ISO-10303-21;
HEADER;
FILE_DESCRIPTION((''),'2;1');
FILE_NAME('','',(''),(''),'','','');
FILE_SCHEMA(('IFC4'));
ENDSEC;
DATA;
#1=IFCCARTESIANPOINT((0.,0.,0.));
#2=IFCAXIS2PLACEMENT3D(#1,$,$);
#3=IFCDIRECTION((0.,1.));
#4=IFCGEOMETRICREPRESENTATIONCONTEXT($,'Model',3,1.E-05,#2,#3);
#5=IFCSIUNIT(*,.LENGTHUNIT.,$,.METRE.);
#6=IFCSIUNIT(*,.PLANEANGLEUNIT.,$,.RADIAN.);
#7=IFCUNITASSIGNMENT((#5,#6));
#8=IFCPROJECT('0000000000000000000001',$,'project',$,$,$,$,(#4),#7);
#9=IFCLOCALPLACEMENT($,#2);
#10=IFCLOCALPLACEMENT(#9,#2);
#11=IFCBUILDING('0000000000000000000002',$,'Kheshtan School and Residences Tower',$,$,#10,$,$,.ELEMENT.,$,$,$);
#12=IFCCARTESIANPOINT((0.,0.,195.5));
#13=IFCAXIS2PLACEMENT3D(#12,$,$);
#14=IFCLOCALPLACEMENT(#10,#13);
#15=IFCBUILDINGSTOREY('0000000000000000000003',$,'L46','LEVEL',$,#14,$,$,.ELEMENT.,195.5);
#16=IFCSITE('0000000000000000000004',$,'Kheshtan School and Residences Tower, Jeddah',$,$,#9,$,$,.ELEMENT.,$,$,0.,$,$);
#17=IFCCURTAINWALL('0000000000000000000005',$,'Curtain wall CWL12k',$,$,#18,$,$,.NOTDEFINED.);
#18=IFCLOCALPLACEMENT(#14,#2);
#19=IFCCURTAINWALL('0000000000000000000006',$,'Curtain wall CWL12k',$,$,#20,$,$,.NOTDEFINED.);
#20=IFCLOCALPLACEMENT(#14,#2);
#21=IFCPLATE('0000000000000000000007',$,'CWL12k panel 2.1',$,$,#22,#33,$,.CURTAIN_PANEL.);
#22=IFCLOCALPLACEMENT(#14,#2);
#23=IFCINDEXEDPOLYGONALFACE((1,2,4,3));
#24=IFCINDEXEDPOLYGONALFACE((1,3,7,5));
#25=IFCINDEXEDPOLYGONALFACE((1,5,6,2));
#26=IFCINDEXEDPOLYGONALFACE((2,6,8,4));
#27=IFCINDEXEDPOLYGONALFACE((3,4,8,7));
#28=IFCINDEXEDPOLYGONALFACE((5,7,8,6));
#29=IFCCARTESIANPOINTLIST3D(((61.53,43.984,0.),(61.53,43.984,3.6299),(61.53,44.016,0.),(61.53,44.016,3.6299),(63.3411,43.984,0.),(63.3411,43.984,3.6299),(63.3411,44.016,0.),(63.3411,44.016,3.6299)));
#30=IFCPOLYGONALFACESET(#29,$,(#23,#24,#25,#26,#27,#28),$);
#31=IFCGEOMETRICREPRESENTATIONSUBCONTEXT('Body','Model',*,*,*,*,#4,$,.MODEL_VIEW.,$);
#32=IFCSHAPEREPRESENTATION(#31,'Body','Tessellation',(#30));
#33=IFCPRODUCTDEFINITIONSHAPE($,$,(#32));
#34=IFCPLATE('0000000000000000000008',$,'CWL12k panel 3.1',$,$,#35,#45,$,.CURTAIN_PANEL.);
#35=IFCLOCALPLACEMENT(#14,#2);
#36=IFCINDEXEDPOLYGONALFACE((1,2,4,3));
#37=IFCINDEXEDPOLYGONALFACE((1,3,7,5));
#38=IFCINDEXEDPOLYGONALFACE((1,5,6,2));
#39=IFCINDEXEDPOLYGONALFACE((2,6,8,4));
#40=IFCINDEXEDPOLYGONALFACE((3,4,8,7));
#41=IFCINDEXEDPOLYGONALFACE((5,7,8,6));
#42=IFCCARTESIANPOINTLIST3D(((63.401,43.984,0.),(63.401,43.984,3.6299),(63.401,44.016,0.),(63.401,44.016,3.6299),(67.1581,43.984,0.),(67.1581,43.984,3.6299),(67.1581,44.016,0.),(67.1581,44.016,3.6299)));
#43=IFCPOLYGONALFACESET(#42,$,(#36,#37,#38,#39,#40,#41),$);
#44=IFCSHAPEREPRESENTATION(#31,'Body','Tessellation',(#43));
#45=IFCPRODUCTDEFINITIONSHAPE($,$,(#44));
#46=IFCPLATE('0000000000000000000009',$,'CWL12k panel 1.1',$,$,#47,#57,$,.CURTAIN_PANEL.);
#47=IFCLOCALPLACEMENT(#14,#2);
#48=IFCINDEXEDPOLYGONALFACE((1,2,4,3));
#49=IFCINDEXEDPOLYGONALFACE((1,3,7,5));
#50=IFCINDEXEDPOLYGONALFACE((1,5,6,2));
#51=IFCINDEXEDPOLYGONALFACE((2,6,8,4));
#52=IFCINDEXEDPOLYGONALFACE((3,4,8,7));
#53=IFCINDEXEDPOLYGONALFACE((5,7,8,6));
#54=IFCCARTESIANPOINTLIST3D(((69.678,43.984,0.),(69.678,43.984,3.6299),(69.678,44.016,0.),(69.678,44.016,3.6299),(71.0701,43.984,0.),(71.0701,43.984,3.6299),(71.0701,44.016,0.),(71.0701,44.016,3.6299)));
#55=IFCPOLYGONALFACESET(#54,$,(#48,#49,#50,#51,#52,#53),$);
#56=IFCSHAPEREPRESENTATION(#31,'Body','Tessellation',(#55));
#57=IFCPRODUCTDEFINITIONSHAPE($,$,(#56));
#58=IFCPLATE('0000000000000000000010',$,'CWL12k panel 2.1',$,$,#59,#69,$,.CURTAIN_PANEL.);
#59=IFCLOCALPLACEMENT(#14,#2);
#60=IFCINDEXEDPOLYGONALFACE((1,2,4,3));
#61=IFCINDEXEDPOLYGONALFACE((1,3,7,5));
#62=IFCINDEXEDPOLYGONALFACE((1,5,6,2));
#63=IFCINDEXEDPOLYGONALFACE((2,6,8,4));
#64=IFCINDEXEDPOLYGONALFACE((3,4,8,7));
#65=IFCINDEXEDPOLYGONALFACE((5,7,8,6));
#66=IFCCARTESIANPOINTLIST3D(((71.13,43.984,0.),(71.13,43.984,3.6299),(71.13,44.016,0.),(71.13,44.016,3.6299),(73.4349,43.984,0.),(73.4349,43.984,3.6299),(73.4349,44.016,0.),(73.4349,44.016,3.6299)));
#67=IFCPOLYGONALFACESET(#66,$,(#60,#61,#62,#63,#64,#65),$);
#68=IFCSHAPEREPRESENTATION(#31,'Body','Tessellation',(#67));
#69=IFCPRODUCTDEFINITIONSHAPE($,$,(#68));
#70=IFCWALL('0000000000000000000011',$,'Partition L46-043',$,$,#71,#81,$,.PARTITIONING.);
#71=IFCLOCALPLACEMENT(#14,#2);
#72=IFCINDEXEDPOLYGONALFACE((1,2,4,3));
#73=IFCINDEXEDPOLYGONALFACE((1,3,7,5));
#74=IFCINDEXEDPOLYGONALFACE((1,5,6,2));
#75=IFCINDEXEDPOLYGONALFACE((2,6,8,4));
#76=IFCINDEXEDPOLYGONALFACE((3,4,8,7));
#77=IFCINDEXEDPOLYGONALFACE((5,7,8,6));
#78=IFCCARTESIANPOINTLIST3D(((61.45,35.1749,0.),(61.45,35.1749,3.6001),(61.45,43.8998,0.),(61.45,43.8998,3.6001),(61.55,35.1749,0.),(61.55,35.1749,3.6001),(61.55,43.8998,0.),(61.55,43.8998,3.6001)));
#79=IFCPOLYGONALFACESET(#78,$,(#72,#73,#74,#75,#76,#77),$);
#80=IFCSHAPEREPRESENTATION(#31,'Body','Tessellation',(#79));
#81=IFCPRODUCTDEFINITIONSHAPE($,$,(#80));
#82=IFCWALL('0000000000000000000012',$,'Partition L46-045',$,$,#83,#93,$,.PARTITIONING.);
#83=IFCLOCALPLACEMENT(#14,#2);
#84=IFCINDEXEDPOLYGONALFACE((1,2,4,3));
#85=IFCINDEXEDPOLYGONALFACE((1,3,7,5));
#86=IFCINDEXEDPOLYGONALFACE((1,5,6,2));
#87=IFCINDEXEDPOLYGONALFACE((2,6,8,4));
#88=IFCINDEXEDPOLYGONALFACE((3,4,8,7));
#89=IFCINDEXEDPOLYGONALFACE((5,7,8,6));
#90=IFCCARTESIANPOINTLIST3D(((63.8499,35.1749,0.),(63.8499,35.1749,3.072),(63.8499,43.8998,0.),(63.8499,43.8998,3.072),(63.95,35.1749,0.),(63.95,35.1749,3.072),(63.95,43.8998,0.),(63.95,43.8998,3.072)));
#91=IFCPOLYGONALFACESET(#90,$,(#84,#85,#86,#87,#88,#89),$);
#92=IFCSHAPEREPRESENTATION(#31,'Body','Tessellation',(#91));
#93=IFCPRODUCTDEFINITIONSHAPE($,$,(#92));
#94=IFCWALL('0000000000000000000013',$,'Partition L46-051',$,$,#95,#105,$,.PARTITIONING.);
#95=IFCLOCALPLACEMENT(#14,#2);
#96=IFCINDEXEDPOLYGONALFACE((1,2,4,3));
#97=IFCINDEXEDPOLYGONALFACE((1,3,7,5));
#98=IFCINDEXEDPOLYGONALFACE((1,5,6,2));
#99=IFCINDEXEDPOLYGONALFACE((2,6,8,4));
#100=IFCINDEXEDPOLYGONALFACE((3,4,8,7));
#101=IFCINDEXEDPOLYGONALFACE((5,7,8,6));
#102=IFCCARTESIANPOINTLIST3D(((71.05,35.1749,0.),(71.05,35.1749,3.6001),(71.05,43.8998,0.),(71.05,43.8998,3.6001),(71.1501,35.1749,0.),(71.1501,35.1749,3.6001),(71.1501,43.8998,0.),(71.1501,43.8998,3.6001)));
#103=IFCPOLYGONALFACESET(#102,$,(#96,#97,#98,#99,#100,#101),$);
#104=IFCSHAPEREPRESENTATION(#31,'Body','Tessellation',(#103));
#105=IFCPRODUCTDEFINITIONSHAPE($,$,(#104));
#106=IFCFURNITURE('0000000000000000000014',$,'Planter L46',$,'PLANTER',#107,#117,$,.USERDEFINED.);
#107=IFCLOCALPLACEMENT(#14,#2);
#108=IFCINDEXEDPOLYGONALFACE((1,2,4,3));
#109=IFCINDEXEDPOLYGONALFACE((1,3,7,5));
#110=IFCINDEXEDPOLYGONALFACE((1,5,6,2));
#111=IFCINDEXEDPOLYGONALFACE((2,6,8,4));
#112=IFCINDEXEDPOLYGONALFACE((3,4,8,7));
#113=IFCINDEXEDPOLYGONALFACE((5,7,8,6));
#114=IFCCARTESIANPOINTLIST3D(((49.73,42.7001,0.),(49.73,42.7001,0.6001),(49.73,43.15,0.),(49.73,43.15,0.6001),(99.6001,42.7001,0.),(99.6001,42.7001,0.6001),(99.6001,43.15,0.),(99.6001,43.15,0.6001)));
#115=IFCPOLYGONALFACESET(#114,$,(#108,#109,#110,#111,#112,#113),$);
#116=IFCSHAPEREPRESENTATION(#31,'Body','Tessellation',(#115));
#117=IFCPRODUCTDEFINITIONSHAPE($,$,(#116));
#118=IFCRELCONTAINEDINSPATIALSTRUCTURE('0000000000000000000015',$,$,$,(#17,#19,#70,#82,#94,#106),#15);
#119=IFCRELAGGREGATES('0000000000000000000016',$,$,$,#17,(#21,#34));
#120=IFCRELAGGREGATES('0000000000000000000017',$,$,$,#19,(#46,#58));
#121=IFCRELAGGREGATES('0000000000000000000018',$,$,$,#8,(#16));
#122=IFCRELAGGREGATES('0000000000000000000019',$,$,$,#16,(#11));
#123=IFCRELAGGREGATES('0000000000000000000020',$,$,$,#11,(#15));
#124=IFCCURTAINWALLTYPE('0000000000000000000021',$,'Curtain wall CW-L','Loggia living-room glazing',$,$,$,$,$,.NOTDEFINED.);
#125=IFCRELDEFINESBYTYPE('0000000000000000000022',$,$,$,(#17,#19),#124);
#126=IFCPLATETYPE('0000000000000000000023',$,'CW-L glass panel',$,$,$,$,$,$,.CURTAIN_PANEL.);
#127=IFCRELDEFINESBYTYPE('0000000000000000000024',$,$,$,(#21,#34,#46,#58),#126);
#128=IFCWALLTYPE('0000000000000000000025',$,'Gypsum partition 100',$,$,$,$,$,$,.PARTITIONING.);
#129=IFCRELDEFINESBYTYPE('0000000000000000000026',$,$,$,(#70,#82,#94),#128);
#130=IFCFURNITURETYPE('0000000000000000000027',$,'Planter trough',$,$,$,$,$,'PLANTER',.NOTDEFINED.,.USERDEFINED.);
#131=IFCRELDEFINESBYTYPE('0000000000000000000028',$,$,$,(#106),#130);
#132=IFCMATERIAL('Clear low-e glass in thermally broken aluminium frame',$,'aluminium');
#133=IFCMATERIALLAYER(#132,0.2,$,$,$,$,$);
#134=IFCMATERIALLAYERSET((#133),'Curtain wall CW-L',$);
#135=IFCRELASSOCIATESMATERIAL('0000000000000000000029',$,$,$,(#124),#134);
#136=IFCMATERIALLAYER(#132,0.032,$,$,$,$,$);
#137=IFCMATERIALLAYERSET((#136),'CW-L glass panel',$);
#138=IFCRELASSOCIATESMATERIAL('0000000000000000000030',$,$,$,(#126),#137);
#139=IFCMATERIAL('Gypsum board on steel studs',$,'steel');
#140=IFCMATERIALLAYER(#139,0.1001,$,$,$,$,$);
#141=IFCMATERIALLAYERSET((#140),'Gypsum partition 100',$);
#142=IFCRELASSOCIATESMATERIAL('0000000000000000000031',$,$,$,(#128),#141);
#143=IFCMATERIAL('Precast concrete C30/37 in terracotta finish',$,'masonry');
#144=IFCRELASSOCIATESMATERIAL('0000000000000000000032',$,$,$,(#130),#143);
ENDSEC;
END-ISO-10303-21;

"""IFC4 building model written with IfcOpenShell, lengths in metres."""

from ifc_helpers import new_model, si_unit, direction, frame, frame_2d, origin, origin_2d, place, context, subcontext, project, spatial, rectangle, extrude, material, layer, layer_set, type_object, element, aggregate, save


model = new_model("IFC4")

# Units and contexts
model_context = context("Model", 3, precision=1e-05, world=origin(), true_north=direction((0.0, 1.0)))
body_context = subcontext(model_context, "Body", "Model", "MODEL_VIEW")
ifc_project = project(units=[si_unit("LENGTHUNIT", "METRE"), si_unit("PLANEANGLEUNIT", "RADIAN")], contexts=[model_context])

# Site, building, storey
site_placement = place(None, origin())
site = spatial("IfcSite", under=ifc_project, at=site_placement, Name="Kheshtan School and Residences Tower, Jeddah", CompositionType="ELEMENT", RefElevation=0.0)
building_placement = place(site_placement, origin())
building = spatial("IfcBuilding", under=site, at=building_placement, Name="Kheshtan School and Residences Tower", CompositionType="ELEMENT")
storey_placement = place(building_placement, frame((0.0, 0.0, 195.5)))
storey = spatial("IfcBuildingStorey", under=building, at=storey_placement, Name="L46", Description="LEVEL", CompositionType="ELEMENT", Elevation=195.5)

# Curtain walls
ifc_material_1 = material(Name="Clear low-e glass in thermally broken aluminium frame", Category="aluminium")
ifc_layer_1 = layer(ifc_material_1, 0.2)
ifc_layer_set_1 = layer_set([ifc_layer_1], Name="Curtain wall CW-L")
curtain_wall_type = type_object("IfcCurtainWallType", Name="Curtain wall CW-L", Description="Loggia living-room glazing", PredefinedType="NOTDEFINED", material=ifc_layer_set_1)
curtain_wall_1_placement = place(storey_placement, origin())
curtain_wall_1 = element("IfcCurtainWall", 1, at=curtain_wall_1_placement, inside=storey, type_object=curtain_wall_type, Name="Curtain wall CWL12k", PredefinedType="NOTDEFINED")
curtain_wall_2_placement = place(storey_placement, origin())
curtain_wall_2 = element("IfcCurtainWall", 2, at=curtain_wall_2_placement, inside=storey, type_object=curtain_wall_type, Name="Curtain wall CWL12k", PredefinedType="NOTDEFINED")

# Plates
ifc_layer_2 = layer(ifc_material_1, 0.032)
ifc_layer_set_2 = layer_set([ifc_layer_2], Name="CW-L glass panel")
plate_type = type_object("IfcPlateType", Name="CW-L glass panel", PredefinedType="CURTAIN_PANEL", material=ifc_layer_set_2)
plate_1_placement = place(storey_placement, frame((62.4355, 44.0, 0.0), z_axis=(0.0, 0.0, 1.0), x_axis=(1.0, 0.0, 0.0)))
plate_1 = element("IfcPlate", 3, at=plate_1_placement, type_object=plate_type, Name="CWL12k panel 2.1", PredefinedType="CURTAIN_PANEL", context=body_context, shape_type="SweptSolid", body=[
    extrude(rectangle(XDim=1.811, YDim=0.032, at=origin_2d()), origin(), (0.0, 0.0, 1.0), 3.6299),
])
plate_2_placement = place(storey_placement, frame((65.2795, 44.0, 0.0), z_axis=(0.0, 0.0, 1.0), x_axis=(1.0, 0.0, 0.0)))
plate_2 = element("IfcPlate", 4, at=plate_2_placement, type_object=plate_type, Name="CWL12k panel 3.1", PredefinedType="CURTAIN_PANEL", context=body_context, shape_type="SweptSolid", body=[
    extrude(rectangle(XDim=3.7571, YDim=0.032, at=origin_2d()), origin(), (0.0, 0.0, 1.0), 3.6299),
])
aggregate(curtain_wall_1, [plate_1, plate_2])
plate_3_placement = place(storey_placement, frame((70.374, 44.0, 0.0), z_axis=(0.0, 0.0, 1.0), x_axis=(1.0, 0.0, 0.0)))
plate_3 = element("IfcPlate", 5, at=plate_3_placement, type_object=plate_type, Name="CWL12k panel 1.1", PredefinedType="CURTAIN_PANEL", context=body_context, shape_type="SweptSolid", body=[
    extrude(rectangle(XDim=1.3921, YDim=0.032, at=origin_2d()), origin(), (0.0, 0.0, 1.0), 3.6299),
])
plate_4_placement = place(storey_placement, frame((72.2825, 44.0, 0.0), z_axis=(0.0, 0.0, 1.0), x_axis=(1.0, 0.0, 0.0)))
plate_4 = element("IfcPlate", 6, at=plate_4_placement, type_object=plate_type, Name="CWL12k panel 2.1", PredefinedType="CURTAIN_PANEL", context=body_context, shape_type="SweptSolid", body=[
    extrude(rectangle(XDim=2.3049, YDim=0.032, at=origin_2d()), origin(), (0.0, 0.0, 1.0), 3.6299),
])
aggregate(curtain_wall_2, [plate_3, plate_4])

# Walls
ifc_material_2 = material(Name="Gypsum board on steel studs", Category="steel")
ifc_layer_3 = layer(ifc_material_2, 0.1001)
ifc_layer_set_3 = layer_set([ifc_layer_3], Name="Gypsum partition 100")
wall_type_1 = type_object("IfcWallType", Name="Gypsum partition 100", PredefinedType="PARTITIONING", material=ifc_layer_set_3)
wall_1_placement = place(storey_placement, frame((61.5, 35.175, 0.0), z_axis=(0.0, 0.0, 1.0), x_axis=(0.0, 1.0, 0.0)))
element("IfcWall", 7, at=wall_1_placement, inside=storey, type_object=wall_type_1, Name="Partition L46-043", PredefinedType="PARTITIONING", context=body_context, shape_type="SweptSolid", body=[
    extrude(rectangle(XDim=8.7249, YDim=0.1001, at=frame_2d((4.3623, 0.0))), origin(), (0.0, 0.0, 1.0), 3.6001),
])
wall_2_placement = place(storey_placement, frame((63.8999, 35.175, 0.0), z_axis=(0.0, 0.0, 1.0), x_axis=(0.0, 1.0, 0.0)))
element("IfcWall", 8, at=wall_2_placement, inside=storey, type_object=wall_type_1, Name="Partition L46-045", PredefinedType="PARTITIONING", context=body_context, shape_type="SweptSolid", body=[
    extrude(rectangle(XDim=8.7249, YDim=0.1001, at=frame_2d((4.3623, 0.0))), origin(), (0.0, 0.0, 1.0), 3.072),
])
wall_3_placement = place(storey_placement, frame((71.1001, 35.175, 0.0), z_axis=(0.0, 0.0, 1.0), x_axis=(0.0, 1.0, 0.0)))
element("IfcWall", 9, at=wall_3_placement, inside=storey, type_object=wall_type_1, Name="Partition L46-051", PredefinedType="PARTITIONING", context=body_context, shape_type="SweptSolid", body=[
    extrude(rectangle(XDim=8.7249, YDim=0.1001, at=frame_2d((4.3623, 0.0))), origin(), (0.0, 0.0, 1.0), 3.6001),
])

# Furniture
ifc_material_3 = material(Name="Precast concrete C30/37 in terracotta finish", Category="masonry")
furniture_type = type_object("IfcFurnitureType", Name="Planter trough", ElementType="PLANTER", AssemblyPlace="NOTDEFINED", PredefinedType="USERDEFINED", material=ifc_material_3)
furniture_placement = place(storey_placement, frame((74.665, 42.925, 0.0), z_axis=(0.0, 0.0, 1.0), x_axis=(1.0, 0.0, 0.0)))
element("IfcFurniture", 10, at=furniture_placement, inside=storey, type_object=furniture_type, Name="Planter L46", ObjectType="PLANTER", PredefinedType="USERDEFINED", context=body_context, shape_type="SweptSolid", body=[
    extrude(rectangle(XDim=49.8701, YDim=0.45, at=origin_2d()), origin(), (0.0, 0.0, 1.0), 0.6001),
])

save(model, "model.ifc")
